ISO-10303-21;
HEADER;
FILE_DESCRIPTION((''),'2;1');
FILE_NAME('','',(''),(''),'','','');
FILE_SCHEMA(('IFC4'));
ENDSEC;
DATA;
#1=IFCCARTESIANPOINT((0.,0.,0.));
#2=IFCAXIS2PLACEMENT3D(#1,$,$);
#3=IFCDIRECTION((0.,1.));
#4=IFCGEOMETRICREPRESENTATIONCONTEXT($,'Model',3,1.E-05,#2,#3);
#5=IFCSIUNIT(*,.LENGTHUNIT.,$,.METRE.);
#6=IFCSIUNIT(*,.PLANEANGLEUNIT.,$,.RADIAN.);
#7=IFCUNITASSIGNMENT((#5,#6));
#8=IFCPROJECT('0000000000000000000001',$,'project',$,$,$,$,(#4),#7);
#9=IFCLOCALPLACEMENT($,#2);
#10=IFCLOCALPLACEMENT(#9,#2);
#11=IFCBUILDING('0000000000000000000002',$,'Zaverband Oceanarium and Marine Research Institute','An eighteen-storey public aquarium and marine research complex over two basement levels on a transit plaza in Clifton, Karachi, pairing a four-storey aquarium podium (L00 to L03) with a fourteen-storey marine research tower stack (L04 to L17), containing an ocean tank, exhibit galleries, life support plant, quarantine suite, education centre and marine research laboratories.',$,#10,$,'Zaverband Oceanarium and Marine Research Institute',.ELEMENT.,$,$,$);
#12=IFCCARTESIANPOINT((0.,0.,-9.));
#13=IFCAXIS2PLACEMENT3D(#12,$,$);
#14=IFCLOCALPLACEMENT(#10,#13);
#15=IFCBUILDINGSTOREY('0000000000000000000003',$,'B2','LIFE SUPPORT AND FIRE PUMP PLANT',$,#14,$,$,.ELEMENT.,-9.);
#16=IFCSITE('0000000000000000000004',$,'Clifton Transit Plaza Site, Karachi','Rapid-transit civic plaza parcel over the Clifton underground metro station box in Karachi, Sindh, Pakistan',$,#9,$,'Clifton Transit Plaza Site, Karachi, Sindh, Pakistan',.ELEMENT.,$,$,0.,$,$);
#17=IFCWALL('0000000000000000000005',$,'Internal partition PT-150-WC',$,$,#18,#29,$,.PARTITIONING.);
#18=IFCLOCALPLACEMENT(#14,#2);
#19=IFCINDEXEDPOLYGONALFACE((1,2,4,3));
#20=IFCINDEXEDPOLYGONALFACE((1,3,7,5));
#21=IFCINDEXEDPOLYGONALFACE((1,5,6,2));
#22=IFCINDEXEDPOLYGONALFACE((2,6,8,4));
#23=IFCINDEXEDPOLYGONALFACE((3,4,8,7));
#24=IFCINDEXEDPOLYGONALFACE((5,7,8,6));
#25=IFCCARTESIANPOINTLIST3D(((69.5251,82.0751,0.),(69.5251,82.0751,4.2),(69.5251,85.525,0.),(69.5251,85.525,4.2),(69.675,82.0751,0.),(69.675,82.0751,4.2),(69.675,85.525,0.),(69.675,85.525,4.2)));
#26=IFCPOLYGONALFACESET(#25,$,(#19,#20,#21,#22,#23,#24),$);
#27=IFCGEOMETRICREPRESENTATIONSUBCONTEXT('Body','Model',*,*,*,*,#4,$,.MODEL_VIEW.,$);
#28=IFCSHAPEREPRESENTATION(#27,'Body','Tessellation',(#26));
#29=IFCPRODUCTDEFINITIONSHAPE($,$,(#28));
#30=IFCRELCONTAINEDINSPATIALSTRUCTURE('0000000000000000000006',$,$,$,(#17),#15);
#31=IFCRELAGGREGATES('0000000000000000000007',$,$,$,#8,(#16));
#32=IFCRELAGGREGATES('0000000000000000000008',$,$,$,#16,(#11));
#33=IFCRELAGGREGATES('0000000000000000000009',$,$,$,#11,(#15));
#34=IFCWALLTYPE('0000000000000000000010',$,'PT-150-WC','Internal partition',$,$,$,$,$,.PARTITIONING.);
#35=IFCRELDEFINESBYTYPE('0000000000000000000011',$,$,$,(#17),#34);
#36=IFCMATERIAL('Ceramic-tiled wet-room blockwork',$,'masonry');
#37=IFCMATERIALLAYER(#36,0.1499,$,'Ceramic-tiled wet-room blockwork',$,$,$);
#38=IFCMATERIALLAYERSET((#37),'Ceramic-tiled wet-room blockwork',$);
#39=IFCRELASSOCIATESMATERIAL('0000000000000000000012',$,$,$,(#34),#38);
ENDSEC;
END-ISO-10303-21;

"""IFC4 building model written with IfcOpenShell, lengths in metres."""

from ifc_helpers import new_model, si_unit, direction, frame, frame_2d, origin, place, context, subcontext, project, spatial, rectangle, extrude, material, layer, layer_set, type_object, element, save


model = new_model("IFC4")

# Units and contexts
model_context = context("Model", 3, precision=1e-05, world=origin(), true_north=direction((0.0, 1.0)))
body_context = subcontext(model_context, "Body", "Model", "MODEL_VIEW")
ifc_project = project(units=[si_unit("LENGTHUNIT", "METRE"), si_unit("PLANEANGLEUNIT", "RADIAN")], contexts=[model_context])

# Site, building, storey
site_placement = place(None, origin())
site = spatial("IfcSite", under=ifc_project, at=site_placement, Name="Clifton Transit Plaza Site, Karachi", Description="Rapid-transit civic plaza parcel over the Clifton underground metro station box in Karachi, Sindh, Pakistan", LongName="Clifton Transit Plaza Site, Karachi, Sindh, Pakistan", CompositionType="ELEMENT", RefElevation=0.0)
building_placement = place(site_placement, origin())
building = spatial("IfcBuilding", under=site, at=building_placement, Name="Zaverband Oceanarium and Marine Research Institute", Description="An eighteen-storey public aquarium and marine research complex over two basement levels on a transit plaza in Clifton, Karachi, pairing a four-storey aquarium podium (L00 to L03) with a fourteen-storey marine research tower stack (L04 to L17), containing an ocean tank, exhibit galleries, life support plant, quarantine suite, education centre and marine research laboratories.", LongName="Zaverband Oceanarium and Marine Research Institute", CompositionType="ELEMENT")
storey_placement = place(building_placement, frame((0.0, 0.0, -9.0)))
storey = spatial("IfcBuildingStorey", under=building, at=storey_placement, Name="B2", Description="LIFE SUPPORT AND FIRE PUMP PLANT", CompositionType="ELEMENT", Elevation=-9.0)

# Shared definitions
ifc_material_1 = material(Name="Ceramic-tiled wet-room blockwork", Category="masonry")
ifc_layer_1 = layer(ifc_material_1, 0.1499, Name="Ceramic-tiled wet-room blockwork")
ifc_layer_set_1 = layer_set([ifc_layer_1], Name="Ceramic-tiled wet-room blockwork")
wall_type = type_object("IfcWallType", Name="PT-150-WC", Description="Internal partition", PredefinedType="PARTITIONING", material=ifc_layer_set_1)

# Wall
wall_1_placement = place(storey_placement, frame((69.6001, 82.075, 0.0), z_axis=(0.0, 0.0, 1.0), x_axis=(0.0, 1.0, 0.0)))
element("IfcWall", 1, at=wall_1_placement, inside=storey, type_object=wall_type, Name="Internal partition PT-150-WC", PredefinedType="PARTITIONING", context=body_context, shape_type="SweptSolid", body=[
    extrude(rectangle(XDim=3.45, YDim=0.1499, at=frame_2d((1.7251, 0.0))), origin(), (0.0, 0.0, 1.0), 4.2),
])

save(model, "model.ifc")
